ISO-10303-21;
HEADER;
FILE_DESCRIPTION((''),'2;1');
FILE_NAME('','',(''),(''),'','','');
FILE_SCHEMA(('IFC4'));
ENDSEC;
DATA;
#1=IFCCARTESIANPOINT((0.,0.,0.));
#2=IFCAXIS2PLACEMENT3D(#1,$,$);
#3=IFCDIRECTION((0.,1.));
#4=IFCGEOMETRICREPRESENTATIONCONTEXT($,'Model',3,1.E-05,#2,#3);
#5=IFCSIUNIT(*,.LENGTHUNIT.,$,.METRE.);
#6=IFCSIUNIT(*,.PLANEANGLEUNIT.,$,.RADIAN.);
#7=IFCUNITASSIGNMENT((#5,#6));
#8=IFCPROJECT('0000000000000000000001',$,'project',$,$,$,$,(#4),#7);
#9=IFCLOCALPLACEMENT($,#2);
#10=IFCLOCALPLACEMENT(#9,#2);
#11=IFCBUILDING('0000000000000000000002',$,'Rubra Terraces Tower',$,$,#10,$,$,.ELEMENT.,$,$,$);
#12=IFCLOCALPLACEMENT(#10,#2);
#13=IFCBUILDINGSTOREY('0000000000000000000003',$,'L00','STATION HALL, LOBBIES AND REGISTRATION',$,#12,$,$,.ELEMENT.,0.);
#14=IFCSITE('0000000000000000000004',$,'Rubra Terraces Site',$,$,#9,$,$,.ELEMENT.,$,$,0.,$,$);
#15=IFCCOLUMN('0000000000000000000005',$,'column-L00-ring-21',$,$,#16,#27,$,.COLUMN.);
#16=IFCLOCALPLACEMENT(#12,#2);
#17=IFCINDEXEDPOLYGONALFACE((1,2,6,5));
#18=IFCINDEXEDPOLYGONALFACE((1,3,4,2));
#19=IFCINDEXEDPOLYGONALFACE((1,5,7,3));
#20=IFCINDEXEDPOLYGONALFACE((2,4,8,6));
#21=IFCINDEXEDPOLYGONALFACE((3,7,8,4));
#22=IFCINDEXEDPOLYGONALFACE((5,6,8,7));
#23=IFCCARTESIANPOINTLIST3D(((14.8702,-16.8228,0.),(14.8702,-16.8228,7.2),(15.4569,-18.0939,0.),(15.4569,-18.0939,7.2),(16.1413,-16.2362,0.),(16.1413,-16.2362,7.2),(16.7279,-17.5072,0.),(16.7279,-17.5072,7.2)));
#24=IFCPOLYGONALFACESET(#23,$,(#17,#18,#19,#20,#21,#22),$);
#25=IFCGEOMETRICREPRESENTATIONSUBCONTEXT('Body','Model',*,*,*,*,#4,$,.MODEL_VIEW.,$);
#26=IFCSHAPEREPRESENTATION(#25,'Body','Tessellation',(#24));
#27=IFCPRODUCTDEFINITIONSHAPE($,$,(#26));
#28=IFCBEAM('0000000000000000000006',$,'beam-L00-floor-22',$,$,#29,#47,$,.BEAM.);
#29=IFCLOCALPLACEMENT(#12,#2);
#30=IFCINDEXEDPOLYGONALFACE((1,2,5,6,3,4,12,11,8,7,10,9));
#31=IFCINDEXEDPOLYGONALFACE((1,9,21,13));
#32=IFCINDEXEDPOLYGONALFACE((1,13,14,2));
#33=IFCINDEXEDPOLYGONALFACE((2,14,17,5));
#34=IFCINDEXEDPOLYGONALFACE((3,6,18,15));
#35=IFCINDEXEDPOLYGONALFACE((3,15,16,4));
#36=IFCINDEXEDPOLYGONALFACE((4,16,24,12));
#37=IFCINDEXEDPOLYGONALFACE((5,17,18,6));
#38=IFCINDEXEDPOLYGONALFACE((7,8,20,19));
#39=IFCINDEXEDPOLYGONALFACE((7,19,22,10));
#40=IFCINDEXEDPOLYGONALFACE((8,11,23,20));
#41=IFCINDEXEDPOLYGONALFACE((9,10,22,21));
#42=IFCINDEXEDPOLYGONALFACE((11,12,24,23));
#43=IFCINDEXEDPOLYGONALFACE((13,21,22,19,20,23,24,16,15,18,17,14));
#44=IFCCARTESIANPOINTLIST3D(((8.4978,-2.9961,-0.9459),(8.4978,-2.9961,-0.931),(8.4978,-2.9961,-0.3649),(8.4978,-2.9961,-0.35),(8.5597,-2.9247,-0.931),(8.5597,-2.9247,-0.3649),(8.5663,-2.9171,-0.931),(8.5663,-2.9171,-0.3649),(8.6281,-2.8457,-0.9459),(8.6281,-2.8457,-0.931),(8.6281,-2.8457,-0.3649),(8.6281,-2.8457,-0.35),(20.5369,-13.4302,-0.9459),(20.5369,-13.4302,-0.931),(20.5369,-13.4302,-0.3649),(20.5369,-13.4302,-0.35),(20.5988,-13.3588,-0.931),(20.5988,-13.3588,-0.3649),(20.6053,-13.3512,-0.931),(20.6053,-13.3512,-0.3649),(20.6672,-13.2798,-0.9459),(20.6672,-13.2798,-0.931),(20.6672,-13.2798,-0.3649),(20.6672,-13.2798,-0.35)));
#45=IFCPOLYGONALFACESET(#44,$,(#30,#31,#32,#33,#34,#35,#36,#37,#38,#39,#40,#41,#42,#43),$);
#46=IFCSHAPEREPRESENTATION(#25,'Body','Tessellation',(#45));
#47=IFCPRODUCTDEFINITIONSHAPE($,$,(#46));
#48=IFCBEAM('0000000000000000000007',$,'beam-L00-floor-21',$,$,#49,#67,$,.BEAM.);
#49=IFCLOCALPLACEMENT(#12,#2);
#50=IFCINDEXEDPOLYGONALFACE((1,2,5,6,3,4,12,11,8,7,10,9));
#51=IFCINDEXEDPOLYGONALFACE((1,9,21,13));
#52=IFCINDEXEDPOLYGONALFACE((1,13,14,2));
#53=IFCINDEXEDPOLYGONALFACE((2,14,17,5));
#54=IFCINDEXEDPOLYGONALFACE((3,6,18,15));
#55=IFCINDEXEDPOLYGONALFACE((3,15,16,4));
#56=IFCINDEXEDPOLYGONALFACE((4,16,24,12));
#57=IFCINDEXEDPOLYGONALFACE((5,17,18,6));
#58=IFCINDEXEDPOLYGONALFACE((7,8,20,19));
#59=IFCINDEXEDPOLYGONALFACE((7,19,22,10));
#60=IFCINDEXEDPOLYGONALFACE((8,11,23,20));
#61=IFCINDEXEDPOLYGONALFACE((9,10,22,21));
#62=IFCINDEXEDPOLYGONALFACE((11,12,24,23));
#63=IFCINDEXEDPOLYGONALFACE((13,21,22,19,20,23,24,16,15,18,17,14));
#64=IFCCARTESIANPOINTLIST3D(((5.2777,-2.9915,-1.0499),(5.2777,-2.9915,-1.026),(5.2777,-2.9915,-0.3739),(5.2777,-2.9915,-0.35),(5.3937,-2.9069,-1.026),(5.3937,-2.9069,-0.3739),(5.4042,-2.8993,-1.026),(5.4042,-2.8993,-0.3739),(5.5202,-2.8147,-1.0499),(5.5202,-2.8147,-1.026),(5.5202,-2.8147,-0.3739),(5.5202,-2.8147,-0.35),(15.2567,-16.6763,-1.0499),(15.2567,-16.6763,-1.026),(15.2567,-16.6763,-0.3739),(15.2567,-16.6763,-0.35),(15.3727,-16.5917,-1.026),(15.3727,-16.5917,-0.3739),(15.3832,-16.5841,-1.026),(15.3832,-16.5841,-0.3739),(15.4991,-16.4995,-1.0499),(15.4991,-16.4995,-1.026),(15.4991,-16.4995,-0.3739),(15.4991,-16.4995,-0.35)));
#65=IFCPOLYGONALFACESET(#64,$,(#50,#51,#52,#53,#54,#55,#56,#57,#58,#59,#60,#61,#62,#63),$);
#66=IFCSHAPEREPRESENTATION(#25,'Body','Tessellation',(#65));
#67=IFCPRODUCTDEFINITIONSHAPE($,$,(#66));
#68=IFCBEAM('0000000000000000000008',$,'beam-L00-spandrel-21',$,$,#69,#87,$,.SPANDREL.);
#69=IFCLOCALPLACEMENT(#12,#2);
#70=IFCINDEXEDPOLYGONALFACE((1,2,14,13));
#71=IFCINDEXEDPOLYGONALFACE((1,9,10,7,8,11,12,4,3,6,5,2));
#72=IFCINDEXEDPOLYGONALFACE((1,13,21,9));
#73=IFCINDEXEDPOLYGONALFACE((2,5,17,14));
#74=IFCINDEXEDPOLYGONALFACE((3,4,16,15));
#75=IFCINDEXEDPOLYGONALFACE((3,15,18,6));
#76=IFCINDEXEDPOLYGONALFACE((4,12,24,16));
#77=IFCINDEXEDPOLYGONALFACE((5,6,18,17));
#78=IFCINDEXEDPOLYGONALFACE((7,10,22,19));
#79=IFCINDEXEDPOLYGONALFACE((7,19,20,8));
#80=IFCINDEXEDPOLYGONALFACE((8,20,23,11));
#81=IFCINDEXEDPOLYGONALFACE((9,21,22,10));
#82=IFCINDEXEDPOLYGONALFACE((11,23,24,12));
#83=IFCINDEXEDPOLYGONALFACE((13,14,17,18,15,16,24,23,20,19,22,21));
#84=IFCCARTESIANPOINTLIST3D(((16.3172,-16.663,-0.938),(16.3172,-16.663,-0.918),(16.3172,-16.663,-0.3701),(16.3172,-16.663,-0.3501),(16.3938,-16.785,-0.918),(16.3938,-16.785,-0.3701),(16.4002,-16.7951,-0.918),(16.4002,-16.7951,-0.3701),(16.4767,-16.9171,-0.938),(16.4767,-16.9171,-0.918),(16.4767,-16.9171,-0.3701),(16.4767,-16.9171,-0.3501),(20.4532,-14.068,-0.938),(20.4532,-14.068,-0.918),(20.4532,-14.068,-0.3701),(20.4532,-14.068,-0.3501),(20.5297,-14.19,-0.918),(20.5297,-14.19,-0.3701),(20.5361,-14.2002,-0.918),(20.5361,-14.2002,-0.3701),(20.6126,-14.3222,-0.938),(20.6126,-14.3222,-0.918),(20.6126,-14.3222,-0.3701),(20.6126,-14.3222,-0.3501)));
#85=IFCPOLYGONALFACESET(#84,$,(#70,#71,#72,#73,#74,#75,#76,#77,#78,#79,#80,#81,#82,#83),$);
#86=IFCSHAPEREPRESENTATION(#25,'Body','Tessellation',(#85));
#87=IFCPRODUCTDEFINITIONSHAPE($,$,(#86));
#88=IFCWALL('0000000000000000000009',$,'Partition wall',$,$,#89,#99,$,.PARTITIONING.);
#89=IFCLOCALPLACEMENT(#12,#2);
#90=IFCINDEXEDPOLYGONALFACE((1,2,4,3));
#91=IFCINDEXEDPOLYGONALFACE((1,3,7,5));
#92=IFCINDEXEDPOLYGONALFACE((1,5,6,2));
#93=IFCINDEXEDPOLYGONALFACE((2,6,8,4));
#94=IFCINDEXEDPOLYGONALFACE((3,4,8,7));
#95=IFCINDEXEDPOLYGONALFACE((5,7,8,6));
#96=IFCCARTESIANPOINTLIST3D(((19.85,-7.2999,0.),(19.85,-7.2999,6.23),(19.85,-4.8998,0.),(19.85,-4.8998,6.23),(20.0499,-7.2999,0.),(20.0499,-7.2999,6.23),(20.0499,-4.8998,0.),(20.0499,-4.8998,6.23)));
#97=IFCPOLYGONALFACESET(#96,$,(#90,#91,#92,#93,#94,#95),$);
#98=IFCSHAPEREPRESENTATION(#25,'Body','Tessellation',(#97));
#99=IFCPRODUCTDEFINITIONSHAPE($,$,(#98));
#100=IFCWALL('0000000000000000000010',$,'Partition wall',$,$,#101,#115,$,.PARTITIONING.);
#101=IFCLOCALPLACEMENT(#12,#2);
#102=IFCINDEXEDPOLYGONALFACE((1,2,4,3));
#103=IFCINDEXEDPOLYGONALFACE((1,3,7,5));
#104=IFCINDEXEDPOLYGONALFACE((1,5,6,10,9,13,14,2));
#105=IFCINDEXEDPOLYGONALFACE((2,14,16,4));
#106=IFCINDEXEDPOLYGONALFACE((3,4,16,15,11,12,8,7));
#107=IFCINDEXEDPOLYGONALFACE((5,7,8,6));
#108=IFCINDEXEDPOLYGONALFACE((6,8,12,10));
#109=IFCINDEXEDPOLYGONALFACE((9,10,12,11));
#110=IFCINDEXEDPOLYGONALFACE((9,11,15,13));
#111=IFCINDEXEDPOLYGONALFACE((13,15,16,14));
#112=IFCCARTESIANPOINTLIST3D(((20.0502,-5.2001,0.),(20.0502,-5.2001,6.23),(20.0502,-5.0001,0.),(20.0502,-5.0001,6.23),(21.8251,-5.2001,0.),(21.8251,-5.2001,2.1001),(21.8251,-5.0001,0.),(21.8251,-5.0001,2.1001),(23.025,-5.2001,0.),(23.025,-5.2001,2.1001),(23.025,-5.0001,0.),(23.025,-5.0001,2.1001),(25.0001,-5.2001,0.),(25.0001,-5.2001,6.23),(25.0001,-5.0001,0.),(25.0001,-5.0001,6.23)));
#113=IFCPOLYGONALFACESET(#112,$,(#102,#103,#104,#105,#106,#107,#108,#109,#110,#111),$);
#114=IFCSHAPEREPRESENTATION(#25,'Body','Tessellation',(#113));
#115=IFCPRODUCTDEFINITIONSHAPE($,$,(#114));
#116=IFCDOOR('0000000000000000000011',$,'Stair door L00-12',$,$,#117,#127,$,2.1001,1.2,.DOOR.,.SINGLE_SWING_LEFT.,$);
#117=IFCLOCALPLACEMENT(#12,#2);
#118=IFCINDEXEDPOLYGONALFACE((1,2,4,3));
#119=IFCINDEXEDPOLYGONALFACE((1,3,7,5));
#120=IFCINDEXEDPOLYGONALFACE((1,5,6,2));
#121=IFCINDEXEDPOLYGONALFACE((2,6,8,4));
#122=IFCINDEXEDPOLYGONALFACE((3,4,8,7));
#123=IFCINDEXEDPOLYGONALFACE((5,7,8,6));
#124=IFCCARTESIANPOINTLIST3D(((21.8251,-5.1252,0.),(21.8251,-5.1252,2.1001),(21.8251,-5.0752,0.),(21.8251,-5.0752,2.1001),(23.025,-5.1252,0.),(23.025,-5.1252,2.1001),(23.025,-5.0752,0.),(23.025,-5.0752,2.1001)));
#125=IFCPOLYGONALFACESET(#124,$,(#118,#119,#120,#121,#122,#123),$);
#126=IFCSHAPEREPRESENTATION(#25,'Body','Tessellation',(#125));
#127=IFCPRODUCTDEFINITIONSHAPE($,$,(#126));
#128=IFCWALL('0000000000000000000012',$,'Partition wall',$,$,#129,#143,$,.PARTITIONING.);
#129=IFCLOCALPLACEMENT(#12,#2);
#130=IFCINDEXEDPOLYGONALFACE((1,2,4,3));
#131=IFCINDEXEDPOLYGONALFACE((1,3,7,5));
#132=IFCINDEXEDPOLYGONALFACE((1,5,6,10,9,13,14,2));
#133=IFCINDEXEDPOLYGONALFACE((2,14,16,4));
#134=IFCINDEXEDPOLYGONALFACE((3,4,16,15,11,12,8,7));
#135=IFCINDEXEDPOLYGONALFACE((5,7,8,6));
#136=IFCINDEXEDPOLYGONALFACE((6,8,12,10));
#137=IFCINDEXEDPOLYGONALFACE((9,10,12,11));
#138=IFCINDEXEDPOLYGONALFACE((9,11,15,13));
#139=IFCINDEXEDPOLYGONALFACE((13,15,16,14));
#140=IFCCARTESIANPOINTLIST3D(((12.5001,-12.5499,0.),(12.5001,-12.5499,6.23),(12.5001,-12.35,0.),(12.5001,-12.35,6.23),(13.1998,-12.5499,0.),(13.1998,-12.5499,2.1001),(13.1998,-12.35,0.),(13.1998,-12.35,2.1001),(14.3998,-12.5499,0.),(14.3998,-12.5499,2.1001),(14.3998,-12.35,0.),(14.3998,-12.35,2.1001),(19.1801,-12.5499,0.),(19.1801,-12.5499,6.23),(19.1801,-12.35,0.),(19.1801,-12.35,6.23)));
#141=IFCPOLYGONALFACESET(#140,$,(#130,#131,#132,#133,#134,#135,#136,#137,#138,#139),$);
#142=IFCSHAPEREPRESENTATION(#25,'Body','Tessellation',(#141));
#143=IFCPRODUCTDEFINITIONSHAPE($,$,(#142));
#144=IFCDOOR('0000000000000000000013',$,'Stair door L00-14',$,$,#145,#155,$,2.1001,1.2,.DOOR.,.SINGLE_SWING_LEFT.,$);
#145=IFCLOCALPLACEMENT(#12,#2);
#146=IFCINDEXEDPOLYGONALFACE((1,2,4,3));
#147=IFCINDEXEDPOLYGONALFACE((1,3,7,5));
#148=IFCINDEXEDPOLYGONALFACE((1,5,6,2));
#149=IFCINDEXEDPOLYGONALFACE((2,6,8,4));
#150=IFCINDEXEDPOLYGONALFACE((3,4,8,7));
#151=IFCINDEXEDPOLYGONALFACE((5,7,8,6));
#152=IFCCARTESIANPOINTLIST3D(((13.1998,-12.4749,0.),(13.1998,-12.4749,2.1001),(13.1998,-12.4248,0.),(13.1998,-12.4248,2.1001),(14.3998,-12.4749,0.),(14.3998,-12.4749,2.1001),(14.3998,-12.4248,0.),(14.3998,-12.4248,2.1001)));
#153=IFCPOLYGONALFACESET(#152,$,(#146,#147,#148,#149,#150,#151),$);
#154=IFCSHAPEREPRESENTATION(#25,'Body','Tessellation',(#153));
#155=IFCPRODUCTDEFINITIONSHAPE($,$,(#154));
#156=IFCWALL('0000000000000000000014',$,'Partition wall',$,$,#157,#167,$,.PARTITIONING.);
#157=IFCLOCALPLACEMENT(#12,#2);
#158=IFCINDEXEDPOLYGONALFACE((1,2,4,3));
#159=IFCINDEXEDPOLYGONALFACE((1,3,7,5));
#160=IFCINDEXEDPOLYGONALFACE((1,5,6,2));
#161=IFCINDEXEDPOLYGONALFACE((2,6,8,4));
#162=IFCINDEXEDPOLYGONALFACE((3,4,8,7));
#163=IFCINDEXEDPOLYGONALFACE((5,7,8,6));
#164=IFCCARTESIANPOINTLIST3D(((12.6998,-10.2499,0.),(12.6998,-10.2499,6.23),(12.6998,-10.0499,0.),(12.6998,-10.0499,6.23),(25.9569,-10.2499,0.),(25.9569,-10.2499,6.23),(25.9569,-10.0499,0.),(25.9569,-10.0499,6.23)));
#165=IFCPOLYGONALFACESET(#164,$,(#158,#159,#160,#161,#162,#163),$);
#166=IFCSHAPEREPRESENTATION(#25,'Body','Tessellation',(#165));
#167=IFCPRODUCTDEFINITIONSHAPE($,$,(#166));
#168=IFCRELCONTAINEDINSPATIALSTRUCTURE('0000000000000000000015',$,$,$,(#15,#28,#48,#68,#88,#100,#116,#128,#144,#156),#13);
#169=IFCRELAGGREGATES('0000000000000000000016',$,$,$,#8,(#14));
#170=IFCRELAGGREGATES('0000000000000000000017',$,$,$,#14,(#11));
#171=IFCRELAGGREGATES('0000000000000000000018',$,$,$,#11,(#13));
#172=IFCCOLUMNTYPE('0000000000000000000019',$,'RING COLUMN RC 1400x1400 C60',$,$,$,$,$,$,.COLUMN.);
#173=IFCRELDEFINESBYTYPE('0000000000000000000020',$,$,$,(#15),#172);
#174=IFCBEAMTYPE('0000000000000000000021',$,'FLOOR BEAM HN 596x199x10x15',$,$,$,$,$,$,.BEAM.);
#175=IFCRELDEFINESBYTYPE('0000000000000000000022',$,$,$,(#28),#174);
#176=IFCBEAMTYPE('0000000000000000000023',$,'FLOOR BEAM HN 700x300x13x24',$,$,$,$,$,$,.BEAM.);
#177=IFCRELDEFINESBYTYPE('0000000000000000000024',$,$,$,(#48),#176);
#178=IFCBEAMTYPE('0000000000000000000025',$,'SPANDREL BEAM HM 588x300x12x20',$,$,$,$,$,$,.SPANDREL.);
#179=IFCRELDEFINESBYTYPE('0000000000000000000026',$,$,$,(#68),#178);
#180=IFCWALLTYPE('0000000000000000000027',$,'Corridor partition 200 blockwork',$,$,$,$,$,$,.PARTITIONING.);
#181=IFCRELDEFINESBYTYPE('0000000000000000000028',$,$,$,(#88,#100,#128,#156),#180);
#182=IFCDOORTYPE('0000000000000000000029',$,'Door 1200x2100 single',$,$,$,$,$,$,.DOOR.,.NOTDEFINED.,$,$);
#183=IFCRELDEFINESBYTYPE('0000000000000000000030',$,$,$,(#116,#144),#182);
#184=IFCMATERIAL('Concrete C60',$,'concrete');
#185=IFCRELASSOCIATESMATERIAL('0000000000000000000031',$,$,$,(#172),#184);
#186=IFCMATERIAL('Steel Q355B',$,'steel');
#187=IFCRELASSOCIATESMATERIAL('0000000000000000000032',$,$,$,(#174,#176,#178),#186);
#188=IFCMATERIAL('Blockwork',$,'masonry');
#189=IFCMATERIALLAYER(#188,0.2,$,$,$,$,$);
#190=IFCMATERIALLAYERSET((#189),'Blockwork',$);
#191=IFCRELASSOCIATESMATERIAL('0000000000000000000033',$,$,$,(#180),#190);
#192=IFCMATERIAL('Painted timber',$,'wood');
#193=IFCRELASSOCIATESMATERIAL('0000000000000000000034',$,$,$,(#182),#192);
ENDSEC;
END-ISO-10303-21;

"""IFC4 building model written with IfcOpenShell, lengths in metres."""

from ifc_helpers import new_model, si_unit, direction, frame, frame_2d, origin, origin_2d, place, context, subcontext, project, spatial, rectangle, i_section, extrude, material, layer, layer_set, material_profile, profile_set, type_object, element, fill, save


model = new_model("IFC4")

# Units and contexts
model_context = context("Model", 3, precision=1e-05, world=origin(), true_north=direction((0.0, 1.0)))
body_context = subcontext(model_context, "Body", "Model", "MODEL_VIEW")
ifc_project = project(units=[si_unit("LENGTHUNIT", "METRE"), si_unit("PLANEANGLEUNIT", "RADIAN")], contexts=[model_context])

# Site, building, storey
site_placement = place(None, origin())
site = spatial("IfcSite", under=ifc_project, at=site_placement, Name="Rubra Terraces Site", CompositionType="ELEMENT", RefElevation=0.0)
building_placement = place(site_placement, origin())
building = spatial("IfcBuilding", under=site, at=building_placement, Name="Rubra Terraces Tower", CompositionType="ELEMENT")
storey_placement = place(building_placement, origin())
storey = spatial("IfcBuildingStorey", under=building, at=storey_placement, Name="L00", Description="STATION HALL, LOBBIES AND REGISTRATION", CompositionType="ELEMENT", Elevation=0.0)

# Column
ifc_material_1 = material(Name="Concrete C60", Category="concrete")
ifc_material_profile_1 = material_profile(ifc_material_1, rectangle(XDim=1.3999, YDim=1.3999, at=origin_2d()), Name="RC 1400x1400")
ifc_profile_set_1 = profile_set([ifc_material_profile_1], Name="Concrete C60")
column_type = type_object("IfcColumnType", Name="RING COLUMN RC 1400x1400 C60", PredefinedType="COLUMN", material=ifc_profile_set_1)
column_placement = place(storey_placement, frame((15.7991, -17.165, 0.0), z_axis=(0.0, 0.0, 1.0), x_axis=(0.907952, 0.419073, 0.0)))
element("IfcColumn", 1, at=column_placement, inside=storey, type_object=column_type, Name="column-L00-ring-21", PredefinedType="COLUMN", context=body_context, shape_type="SweptSolid", body=[
    extrude(rectangle(XDim=1.3999, YDim=1.3999, at=origin_2d()), origin(), (0.0, 0.0, 1.0), 7.2),
])

# Beams
ifc_material_2 = material(Name="Steel Q355B", Category="steel")
ifc_material_profile_2 = material_profile(ifc_material_2, i_section(OverallWidth=0.199, OverallDepth=0.5959, WebThickness=0.01, FlangeThickness=0.0149, at=origin_2d()), Name="HN 596x199x10x15")
ifc_profile_set_2 = profile_set([ifc_material_profile_2], Name="Steel Q355B")
beam_type_1 = type_object("IfcBeamType", Name="FLOOR BEAM HN 596x199x10x15", PredefinedType="BEAM", material=ifc_profile_set_2)
beam_1_placement = place(storey_placement, frame((20.6021, -13.355, -0.6479), z_axis=(-0.755682, 0.654939, 0.0), x_axis=(-0.654939, -0.755682, 0.0)))
element("IfcBeam", 2, at=beam_1_placement, inside=storey, type_object=beam_type_1, Name="beam-L00-floor-22", PredefinedType="BEAM", context=body_context, shape_type="SweptSolid", body=[
    extrude(i_section(OverallWidth=0.199, OverallDepth=0.5959, WebThickness=0.01, FlangeThickness=0.0149, at=origin_2d()), origin(), (0.0, 0.0, 1.0), 15.9314),
])
ifc_material_profile_3 = material_profile(ifc_material_2, i_section(OverallWidth=0.3, OverallDepth=0.7, WebThickness=0.0129, FlangeThickness=0.0239, at=origin_2d()), Name="HN 700x300x13x24")
ifc_profile_set_3 = profile_set([ifc_material_profile_3], Name="Steel Q355B")
beam_type_2 = type_object("IfcBeamType", Name="FLOOR BEAM HN 700x300x13x24", PredefinedType="BEAM", material=ifc_profile_set_3)
beam_2_placement = place(storey_placement, frame((15.3779, -16.5879, -0.7), z_axis=(-0.589191, 0.807994, 0.0), x_axis=(-0.807994, -0.589191, 0.0)))
element("IfcBeam", 3, at=beam_2_placement, inside=storey, type_object=beam_type_2, Name="beam-L00-floor-21", PredefinedType="BEAM", context=body_context, shape_type="SweptSolid", body=[
    extrude(i_section(OverallWidth=0.3, OverallDepth=0.7, WebThickness=0.0129, FlangeThickness=0.0239, at=origin_2d()), origin(), (0.0, 0.0, 1.0), 16.9368),
])
ifc_material_profile_4 = material_profile(ifc_material_2, i_section(OverallWidth=0.3, OverallDepth=0.5879, WebThickness=0.012, FlangeThickness=0.02, at=origin_2d()), Name="HM 588x300x12x20")
ifc_profile_set_4 = profile_set([ifc_material_profile_4], Name="Steel Q355B")
beam_type_3 = type_object("IfcBeamType", Name="SPANDREL BEAM HM 588x300x12x20", PredefinedType="SPANDREL", material=ifc_profile_set_4)
beam_3_placement = place(storey_placement, frame((16.397, -16.79, -0.644), z_axis=(0.847078, 0.531468, 0.0), x_axis=(-0.531468, 0.847078, 0.0)))
element("IfcBeam", 4, at=beam_3_placement, inside=storey, type_object=beam_type_3, Name="beam-L00-spandrel-21", PredefinedType="SPANDREL", context=body_context, shape_type="SweptSolid", body=[
    extrude(i_section(OverallWidth=0.3, OverallDepth=0.5879, WebThickness=0.012, FlangeThickness=0.02, at=origin_2d()), origin(), (0.0, 0.0, 1.0), 4.8826),
])

# Wall
ifc_material_3 = material(Name="Blockwork", Category="masonry")
ifc_layer = layer(ifc_material_3, 0.2)
ifc_layer_set = layer_set([ifc_layer], Name="Blockwork")
wall_type = type_object("IfcWallType", Name="Corridor partition 200 blockwork", PredefinedType="PARTITIONING", material=ifc_layer_set)
wall_1_placement = place(storey_placement, frame((19.95, -7.3, 0.0), z_axis=(0.0, 0.0, 1.0), x_axis=(0.0, 1.0, 0.0)))
element("IfcWall", 5, at=wall_1_placement, inside=storey, type_object=wall_type, Name="Partition wall", PredefinedType="PARTITIONING", context=body_context, shape_type="SweptSolid", body=[
    extrude(rectangle(XDim=2.4001, YDim=0.2, at=frame_2d((1.2002, 0.0))), origin(), (0.0, 0.0, 1.0), 6.23),
])

# Walls, openings, doors
wall_2_placement = place(storey_placement, frame((20.05, -5.1001, 0.0), z_axis=(0.0, 0.0, 1.0), x_axis=(1.0, 0.0, 0.0)))
wall_2 = element("IfcWall", 6, at=wall_2_placement, inside=storey, type_object=wall_type, Name="Partition wall", PredefinedType="PARTITIONING", context=body_context, shape_type="SweptSolid", body=[
    extrude(rectangle(XDim=4.95, YDim=0.2, at=frame_2d((2.4751, 0.0))), origin(), (0.0, 0.0, 1.0), 6.23),
])
opening_1_placement = place(wall_2_placement, frame((1.7749, 0.0, 0.0)))
opening_1 = element("IfcOpeningElement", 7, at=opening_1_placement, cuts=wall_2, PredefinedType="OPENING", context=body_context, shape_type="SweptSolid", body=[
    extrude(rectangle(XDim=1.2, YDim=2.1001, at=frame_2d((0.6001, 1.05))), frame((0.0, 0.1099, 0.0), z_axis=(0.0, -1.0, 0.0), x_axis=(1.0, 0.0, 0.0)), (0.0, 0.0, 1.0), 0.22),
])
ifc_material_4 = material(Name="Painted timber", Category="wood")
door_type = type_object("IfcDoorType", Name="Door 1200x2100 single", OperationType="NOTDEFINED", PredefinedType="DOOR", material=ifc_material_4)
door_1_placement = place(opening_1_placement, origin())
door_1 = element("IfcDoor", 8, at=door_1_placement, inside=storey, type_object=door_type, Name="Stair door L00-12", OperationType="SINGLE_SWING_LEFT", OverallHeight=2.1001, OverallWidth=1.2, PredefinedType="DOOR", context=body_context, shape_type="SweptSolid", body=[
    extrude(rectangle(XDim=1.2, YDim=2.1001, at=frame_2d((0.6001, 1.05))), frame((0.0, 0.0249, 0.0), z_axis=(0.0, -1.0, 0.0), x_axis=(1.0, 0.0, 0.0)), (0.0, 0.0, 1.0), 0.05),
])
fill(opening_1, door_1)
wall_3_placement = place(storey_placement, frame((19.1799, -12.45, 0.0), z_axis=(0.0, 0.0, 1.0), x_axis=(-1.0, 0.0, 0.0)))
wall_3 = element("IfcWall", 9, at=wall_3_placement, inside=storey, type_object=wall_type, Name="Partition wall", PredefinedType="PARTITIONING", context=body_context, shape_type="SweptSolid", body=[
    extrude(rectangle(XDim=6.6799, YDim=0.2, at=frame_2d((3.3398, 0.0))), origin(), (0.0, 0.0, 1.0), 6.23),
])
opening_2_placement = place(wall_3_placement, frame((4.78, 0.0, 0.0)))
opening_2 = element("IfcOpeningElement", 10, at=opening_2_placement, cuts=wall_3, PredefinedType="OPENING", context=body_context, shape_type="SweptSolid", body=[
    extrude(rectangle(XDim=1.2, YDim=2.1001, at=frame_2d((0.6001, 1.05))), frame((0.0, 0.1099, 0.0), z_axis=(0.0, -1.0, 0.0), x_axis=(1.0, 0.0, 0.0)), (0.0, 0.0, 1.0), 0.22),
])
door_2_placement = place(opening_2_placement, origin())
door_2 = element("IfcDoor", 11, at=door_2_placement, inside=storey, type_object=door_type, Name="Stair door L00-14", OperationType="SINGLE_SWING_LEFT", OverallHeight=2.1001, OverallWidth=1.2, PredefinedType="DOOR", context=body_context, shape_type="SweptSolid", body=[
    extrude(rectangle(XDim=1.2, YDim=2.1001, at=frame_2d((0.6001, 1.05))), frame((0.0, 0.0249, 0.0), z_axis=(0.0, -1.0, 0.0), x_axis=(1.0, 0.0, 0.0)), (0.0, 0.0, 1.0), 0.05),
])
fill(opening_2, door_2)

# Wall
wall_4_placement = place(storey_placement, frame((12.7, -10.1499, 0.0), z_axis=(0.0, 0.0, 1.0), x_axis=(1.0, 0.0, 0.0)))
element("IfcWall", 12, at=wall_4_placement, inside=storey, type_object=wall_type, Name="Partition wall", PredefinedType="PARTITIONING", context=body_context, shape_type="SweptSolid", body=[
    extrude(rectangle(XDim=13.2571, YDim=0.2, at=frame_2d((6.6284, 0.0))), origin(), (0.0, 0.0, 1.0), 6.23),
])

save(model, "model.ifc")
